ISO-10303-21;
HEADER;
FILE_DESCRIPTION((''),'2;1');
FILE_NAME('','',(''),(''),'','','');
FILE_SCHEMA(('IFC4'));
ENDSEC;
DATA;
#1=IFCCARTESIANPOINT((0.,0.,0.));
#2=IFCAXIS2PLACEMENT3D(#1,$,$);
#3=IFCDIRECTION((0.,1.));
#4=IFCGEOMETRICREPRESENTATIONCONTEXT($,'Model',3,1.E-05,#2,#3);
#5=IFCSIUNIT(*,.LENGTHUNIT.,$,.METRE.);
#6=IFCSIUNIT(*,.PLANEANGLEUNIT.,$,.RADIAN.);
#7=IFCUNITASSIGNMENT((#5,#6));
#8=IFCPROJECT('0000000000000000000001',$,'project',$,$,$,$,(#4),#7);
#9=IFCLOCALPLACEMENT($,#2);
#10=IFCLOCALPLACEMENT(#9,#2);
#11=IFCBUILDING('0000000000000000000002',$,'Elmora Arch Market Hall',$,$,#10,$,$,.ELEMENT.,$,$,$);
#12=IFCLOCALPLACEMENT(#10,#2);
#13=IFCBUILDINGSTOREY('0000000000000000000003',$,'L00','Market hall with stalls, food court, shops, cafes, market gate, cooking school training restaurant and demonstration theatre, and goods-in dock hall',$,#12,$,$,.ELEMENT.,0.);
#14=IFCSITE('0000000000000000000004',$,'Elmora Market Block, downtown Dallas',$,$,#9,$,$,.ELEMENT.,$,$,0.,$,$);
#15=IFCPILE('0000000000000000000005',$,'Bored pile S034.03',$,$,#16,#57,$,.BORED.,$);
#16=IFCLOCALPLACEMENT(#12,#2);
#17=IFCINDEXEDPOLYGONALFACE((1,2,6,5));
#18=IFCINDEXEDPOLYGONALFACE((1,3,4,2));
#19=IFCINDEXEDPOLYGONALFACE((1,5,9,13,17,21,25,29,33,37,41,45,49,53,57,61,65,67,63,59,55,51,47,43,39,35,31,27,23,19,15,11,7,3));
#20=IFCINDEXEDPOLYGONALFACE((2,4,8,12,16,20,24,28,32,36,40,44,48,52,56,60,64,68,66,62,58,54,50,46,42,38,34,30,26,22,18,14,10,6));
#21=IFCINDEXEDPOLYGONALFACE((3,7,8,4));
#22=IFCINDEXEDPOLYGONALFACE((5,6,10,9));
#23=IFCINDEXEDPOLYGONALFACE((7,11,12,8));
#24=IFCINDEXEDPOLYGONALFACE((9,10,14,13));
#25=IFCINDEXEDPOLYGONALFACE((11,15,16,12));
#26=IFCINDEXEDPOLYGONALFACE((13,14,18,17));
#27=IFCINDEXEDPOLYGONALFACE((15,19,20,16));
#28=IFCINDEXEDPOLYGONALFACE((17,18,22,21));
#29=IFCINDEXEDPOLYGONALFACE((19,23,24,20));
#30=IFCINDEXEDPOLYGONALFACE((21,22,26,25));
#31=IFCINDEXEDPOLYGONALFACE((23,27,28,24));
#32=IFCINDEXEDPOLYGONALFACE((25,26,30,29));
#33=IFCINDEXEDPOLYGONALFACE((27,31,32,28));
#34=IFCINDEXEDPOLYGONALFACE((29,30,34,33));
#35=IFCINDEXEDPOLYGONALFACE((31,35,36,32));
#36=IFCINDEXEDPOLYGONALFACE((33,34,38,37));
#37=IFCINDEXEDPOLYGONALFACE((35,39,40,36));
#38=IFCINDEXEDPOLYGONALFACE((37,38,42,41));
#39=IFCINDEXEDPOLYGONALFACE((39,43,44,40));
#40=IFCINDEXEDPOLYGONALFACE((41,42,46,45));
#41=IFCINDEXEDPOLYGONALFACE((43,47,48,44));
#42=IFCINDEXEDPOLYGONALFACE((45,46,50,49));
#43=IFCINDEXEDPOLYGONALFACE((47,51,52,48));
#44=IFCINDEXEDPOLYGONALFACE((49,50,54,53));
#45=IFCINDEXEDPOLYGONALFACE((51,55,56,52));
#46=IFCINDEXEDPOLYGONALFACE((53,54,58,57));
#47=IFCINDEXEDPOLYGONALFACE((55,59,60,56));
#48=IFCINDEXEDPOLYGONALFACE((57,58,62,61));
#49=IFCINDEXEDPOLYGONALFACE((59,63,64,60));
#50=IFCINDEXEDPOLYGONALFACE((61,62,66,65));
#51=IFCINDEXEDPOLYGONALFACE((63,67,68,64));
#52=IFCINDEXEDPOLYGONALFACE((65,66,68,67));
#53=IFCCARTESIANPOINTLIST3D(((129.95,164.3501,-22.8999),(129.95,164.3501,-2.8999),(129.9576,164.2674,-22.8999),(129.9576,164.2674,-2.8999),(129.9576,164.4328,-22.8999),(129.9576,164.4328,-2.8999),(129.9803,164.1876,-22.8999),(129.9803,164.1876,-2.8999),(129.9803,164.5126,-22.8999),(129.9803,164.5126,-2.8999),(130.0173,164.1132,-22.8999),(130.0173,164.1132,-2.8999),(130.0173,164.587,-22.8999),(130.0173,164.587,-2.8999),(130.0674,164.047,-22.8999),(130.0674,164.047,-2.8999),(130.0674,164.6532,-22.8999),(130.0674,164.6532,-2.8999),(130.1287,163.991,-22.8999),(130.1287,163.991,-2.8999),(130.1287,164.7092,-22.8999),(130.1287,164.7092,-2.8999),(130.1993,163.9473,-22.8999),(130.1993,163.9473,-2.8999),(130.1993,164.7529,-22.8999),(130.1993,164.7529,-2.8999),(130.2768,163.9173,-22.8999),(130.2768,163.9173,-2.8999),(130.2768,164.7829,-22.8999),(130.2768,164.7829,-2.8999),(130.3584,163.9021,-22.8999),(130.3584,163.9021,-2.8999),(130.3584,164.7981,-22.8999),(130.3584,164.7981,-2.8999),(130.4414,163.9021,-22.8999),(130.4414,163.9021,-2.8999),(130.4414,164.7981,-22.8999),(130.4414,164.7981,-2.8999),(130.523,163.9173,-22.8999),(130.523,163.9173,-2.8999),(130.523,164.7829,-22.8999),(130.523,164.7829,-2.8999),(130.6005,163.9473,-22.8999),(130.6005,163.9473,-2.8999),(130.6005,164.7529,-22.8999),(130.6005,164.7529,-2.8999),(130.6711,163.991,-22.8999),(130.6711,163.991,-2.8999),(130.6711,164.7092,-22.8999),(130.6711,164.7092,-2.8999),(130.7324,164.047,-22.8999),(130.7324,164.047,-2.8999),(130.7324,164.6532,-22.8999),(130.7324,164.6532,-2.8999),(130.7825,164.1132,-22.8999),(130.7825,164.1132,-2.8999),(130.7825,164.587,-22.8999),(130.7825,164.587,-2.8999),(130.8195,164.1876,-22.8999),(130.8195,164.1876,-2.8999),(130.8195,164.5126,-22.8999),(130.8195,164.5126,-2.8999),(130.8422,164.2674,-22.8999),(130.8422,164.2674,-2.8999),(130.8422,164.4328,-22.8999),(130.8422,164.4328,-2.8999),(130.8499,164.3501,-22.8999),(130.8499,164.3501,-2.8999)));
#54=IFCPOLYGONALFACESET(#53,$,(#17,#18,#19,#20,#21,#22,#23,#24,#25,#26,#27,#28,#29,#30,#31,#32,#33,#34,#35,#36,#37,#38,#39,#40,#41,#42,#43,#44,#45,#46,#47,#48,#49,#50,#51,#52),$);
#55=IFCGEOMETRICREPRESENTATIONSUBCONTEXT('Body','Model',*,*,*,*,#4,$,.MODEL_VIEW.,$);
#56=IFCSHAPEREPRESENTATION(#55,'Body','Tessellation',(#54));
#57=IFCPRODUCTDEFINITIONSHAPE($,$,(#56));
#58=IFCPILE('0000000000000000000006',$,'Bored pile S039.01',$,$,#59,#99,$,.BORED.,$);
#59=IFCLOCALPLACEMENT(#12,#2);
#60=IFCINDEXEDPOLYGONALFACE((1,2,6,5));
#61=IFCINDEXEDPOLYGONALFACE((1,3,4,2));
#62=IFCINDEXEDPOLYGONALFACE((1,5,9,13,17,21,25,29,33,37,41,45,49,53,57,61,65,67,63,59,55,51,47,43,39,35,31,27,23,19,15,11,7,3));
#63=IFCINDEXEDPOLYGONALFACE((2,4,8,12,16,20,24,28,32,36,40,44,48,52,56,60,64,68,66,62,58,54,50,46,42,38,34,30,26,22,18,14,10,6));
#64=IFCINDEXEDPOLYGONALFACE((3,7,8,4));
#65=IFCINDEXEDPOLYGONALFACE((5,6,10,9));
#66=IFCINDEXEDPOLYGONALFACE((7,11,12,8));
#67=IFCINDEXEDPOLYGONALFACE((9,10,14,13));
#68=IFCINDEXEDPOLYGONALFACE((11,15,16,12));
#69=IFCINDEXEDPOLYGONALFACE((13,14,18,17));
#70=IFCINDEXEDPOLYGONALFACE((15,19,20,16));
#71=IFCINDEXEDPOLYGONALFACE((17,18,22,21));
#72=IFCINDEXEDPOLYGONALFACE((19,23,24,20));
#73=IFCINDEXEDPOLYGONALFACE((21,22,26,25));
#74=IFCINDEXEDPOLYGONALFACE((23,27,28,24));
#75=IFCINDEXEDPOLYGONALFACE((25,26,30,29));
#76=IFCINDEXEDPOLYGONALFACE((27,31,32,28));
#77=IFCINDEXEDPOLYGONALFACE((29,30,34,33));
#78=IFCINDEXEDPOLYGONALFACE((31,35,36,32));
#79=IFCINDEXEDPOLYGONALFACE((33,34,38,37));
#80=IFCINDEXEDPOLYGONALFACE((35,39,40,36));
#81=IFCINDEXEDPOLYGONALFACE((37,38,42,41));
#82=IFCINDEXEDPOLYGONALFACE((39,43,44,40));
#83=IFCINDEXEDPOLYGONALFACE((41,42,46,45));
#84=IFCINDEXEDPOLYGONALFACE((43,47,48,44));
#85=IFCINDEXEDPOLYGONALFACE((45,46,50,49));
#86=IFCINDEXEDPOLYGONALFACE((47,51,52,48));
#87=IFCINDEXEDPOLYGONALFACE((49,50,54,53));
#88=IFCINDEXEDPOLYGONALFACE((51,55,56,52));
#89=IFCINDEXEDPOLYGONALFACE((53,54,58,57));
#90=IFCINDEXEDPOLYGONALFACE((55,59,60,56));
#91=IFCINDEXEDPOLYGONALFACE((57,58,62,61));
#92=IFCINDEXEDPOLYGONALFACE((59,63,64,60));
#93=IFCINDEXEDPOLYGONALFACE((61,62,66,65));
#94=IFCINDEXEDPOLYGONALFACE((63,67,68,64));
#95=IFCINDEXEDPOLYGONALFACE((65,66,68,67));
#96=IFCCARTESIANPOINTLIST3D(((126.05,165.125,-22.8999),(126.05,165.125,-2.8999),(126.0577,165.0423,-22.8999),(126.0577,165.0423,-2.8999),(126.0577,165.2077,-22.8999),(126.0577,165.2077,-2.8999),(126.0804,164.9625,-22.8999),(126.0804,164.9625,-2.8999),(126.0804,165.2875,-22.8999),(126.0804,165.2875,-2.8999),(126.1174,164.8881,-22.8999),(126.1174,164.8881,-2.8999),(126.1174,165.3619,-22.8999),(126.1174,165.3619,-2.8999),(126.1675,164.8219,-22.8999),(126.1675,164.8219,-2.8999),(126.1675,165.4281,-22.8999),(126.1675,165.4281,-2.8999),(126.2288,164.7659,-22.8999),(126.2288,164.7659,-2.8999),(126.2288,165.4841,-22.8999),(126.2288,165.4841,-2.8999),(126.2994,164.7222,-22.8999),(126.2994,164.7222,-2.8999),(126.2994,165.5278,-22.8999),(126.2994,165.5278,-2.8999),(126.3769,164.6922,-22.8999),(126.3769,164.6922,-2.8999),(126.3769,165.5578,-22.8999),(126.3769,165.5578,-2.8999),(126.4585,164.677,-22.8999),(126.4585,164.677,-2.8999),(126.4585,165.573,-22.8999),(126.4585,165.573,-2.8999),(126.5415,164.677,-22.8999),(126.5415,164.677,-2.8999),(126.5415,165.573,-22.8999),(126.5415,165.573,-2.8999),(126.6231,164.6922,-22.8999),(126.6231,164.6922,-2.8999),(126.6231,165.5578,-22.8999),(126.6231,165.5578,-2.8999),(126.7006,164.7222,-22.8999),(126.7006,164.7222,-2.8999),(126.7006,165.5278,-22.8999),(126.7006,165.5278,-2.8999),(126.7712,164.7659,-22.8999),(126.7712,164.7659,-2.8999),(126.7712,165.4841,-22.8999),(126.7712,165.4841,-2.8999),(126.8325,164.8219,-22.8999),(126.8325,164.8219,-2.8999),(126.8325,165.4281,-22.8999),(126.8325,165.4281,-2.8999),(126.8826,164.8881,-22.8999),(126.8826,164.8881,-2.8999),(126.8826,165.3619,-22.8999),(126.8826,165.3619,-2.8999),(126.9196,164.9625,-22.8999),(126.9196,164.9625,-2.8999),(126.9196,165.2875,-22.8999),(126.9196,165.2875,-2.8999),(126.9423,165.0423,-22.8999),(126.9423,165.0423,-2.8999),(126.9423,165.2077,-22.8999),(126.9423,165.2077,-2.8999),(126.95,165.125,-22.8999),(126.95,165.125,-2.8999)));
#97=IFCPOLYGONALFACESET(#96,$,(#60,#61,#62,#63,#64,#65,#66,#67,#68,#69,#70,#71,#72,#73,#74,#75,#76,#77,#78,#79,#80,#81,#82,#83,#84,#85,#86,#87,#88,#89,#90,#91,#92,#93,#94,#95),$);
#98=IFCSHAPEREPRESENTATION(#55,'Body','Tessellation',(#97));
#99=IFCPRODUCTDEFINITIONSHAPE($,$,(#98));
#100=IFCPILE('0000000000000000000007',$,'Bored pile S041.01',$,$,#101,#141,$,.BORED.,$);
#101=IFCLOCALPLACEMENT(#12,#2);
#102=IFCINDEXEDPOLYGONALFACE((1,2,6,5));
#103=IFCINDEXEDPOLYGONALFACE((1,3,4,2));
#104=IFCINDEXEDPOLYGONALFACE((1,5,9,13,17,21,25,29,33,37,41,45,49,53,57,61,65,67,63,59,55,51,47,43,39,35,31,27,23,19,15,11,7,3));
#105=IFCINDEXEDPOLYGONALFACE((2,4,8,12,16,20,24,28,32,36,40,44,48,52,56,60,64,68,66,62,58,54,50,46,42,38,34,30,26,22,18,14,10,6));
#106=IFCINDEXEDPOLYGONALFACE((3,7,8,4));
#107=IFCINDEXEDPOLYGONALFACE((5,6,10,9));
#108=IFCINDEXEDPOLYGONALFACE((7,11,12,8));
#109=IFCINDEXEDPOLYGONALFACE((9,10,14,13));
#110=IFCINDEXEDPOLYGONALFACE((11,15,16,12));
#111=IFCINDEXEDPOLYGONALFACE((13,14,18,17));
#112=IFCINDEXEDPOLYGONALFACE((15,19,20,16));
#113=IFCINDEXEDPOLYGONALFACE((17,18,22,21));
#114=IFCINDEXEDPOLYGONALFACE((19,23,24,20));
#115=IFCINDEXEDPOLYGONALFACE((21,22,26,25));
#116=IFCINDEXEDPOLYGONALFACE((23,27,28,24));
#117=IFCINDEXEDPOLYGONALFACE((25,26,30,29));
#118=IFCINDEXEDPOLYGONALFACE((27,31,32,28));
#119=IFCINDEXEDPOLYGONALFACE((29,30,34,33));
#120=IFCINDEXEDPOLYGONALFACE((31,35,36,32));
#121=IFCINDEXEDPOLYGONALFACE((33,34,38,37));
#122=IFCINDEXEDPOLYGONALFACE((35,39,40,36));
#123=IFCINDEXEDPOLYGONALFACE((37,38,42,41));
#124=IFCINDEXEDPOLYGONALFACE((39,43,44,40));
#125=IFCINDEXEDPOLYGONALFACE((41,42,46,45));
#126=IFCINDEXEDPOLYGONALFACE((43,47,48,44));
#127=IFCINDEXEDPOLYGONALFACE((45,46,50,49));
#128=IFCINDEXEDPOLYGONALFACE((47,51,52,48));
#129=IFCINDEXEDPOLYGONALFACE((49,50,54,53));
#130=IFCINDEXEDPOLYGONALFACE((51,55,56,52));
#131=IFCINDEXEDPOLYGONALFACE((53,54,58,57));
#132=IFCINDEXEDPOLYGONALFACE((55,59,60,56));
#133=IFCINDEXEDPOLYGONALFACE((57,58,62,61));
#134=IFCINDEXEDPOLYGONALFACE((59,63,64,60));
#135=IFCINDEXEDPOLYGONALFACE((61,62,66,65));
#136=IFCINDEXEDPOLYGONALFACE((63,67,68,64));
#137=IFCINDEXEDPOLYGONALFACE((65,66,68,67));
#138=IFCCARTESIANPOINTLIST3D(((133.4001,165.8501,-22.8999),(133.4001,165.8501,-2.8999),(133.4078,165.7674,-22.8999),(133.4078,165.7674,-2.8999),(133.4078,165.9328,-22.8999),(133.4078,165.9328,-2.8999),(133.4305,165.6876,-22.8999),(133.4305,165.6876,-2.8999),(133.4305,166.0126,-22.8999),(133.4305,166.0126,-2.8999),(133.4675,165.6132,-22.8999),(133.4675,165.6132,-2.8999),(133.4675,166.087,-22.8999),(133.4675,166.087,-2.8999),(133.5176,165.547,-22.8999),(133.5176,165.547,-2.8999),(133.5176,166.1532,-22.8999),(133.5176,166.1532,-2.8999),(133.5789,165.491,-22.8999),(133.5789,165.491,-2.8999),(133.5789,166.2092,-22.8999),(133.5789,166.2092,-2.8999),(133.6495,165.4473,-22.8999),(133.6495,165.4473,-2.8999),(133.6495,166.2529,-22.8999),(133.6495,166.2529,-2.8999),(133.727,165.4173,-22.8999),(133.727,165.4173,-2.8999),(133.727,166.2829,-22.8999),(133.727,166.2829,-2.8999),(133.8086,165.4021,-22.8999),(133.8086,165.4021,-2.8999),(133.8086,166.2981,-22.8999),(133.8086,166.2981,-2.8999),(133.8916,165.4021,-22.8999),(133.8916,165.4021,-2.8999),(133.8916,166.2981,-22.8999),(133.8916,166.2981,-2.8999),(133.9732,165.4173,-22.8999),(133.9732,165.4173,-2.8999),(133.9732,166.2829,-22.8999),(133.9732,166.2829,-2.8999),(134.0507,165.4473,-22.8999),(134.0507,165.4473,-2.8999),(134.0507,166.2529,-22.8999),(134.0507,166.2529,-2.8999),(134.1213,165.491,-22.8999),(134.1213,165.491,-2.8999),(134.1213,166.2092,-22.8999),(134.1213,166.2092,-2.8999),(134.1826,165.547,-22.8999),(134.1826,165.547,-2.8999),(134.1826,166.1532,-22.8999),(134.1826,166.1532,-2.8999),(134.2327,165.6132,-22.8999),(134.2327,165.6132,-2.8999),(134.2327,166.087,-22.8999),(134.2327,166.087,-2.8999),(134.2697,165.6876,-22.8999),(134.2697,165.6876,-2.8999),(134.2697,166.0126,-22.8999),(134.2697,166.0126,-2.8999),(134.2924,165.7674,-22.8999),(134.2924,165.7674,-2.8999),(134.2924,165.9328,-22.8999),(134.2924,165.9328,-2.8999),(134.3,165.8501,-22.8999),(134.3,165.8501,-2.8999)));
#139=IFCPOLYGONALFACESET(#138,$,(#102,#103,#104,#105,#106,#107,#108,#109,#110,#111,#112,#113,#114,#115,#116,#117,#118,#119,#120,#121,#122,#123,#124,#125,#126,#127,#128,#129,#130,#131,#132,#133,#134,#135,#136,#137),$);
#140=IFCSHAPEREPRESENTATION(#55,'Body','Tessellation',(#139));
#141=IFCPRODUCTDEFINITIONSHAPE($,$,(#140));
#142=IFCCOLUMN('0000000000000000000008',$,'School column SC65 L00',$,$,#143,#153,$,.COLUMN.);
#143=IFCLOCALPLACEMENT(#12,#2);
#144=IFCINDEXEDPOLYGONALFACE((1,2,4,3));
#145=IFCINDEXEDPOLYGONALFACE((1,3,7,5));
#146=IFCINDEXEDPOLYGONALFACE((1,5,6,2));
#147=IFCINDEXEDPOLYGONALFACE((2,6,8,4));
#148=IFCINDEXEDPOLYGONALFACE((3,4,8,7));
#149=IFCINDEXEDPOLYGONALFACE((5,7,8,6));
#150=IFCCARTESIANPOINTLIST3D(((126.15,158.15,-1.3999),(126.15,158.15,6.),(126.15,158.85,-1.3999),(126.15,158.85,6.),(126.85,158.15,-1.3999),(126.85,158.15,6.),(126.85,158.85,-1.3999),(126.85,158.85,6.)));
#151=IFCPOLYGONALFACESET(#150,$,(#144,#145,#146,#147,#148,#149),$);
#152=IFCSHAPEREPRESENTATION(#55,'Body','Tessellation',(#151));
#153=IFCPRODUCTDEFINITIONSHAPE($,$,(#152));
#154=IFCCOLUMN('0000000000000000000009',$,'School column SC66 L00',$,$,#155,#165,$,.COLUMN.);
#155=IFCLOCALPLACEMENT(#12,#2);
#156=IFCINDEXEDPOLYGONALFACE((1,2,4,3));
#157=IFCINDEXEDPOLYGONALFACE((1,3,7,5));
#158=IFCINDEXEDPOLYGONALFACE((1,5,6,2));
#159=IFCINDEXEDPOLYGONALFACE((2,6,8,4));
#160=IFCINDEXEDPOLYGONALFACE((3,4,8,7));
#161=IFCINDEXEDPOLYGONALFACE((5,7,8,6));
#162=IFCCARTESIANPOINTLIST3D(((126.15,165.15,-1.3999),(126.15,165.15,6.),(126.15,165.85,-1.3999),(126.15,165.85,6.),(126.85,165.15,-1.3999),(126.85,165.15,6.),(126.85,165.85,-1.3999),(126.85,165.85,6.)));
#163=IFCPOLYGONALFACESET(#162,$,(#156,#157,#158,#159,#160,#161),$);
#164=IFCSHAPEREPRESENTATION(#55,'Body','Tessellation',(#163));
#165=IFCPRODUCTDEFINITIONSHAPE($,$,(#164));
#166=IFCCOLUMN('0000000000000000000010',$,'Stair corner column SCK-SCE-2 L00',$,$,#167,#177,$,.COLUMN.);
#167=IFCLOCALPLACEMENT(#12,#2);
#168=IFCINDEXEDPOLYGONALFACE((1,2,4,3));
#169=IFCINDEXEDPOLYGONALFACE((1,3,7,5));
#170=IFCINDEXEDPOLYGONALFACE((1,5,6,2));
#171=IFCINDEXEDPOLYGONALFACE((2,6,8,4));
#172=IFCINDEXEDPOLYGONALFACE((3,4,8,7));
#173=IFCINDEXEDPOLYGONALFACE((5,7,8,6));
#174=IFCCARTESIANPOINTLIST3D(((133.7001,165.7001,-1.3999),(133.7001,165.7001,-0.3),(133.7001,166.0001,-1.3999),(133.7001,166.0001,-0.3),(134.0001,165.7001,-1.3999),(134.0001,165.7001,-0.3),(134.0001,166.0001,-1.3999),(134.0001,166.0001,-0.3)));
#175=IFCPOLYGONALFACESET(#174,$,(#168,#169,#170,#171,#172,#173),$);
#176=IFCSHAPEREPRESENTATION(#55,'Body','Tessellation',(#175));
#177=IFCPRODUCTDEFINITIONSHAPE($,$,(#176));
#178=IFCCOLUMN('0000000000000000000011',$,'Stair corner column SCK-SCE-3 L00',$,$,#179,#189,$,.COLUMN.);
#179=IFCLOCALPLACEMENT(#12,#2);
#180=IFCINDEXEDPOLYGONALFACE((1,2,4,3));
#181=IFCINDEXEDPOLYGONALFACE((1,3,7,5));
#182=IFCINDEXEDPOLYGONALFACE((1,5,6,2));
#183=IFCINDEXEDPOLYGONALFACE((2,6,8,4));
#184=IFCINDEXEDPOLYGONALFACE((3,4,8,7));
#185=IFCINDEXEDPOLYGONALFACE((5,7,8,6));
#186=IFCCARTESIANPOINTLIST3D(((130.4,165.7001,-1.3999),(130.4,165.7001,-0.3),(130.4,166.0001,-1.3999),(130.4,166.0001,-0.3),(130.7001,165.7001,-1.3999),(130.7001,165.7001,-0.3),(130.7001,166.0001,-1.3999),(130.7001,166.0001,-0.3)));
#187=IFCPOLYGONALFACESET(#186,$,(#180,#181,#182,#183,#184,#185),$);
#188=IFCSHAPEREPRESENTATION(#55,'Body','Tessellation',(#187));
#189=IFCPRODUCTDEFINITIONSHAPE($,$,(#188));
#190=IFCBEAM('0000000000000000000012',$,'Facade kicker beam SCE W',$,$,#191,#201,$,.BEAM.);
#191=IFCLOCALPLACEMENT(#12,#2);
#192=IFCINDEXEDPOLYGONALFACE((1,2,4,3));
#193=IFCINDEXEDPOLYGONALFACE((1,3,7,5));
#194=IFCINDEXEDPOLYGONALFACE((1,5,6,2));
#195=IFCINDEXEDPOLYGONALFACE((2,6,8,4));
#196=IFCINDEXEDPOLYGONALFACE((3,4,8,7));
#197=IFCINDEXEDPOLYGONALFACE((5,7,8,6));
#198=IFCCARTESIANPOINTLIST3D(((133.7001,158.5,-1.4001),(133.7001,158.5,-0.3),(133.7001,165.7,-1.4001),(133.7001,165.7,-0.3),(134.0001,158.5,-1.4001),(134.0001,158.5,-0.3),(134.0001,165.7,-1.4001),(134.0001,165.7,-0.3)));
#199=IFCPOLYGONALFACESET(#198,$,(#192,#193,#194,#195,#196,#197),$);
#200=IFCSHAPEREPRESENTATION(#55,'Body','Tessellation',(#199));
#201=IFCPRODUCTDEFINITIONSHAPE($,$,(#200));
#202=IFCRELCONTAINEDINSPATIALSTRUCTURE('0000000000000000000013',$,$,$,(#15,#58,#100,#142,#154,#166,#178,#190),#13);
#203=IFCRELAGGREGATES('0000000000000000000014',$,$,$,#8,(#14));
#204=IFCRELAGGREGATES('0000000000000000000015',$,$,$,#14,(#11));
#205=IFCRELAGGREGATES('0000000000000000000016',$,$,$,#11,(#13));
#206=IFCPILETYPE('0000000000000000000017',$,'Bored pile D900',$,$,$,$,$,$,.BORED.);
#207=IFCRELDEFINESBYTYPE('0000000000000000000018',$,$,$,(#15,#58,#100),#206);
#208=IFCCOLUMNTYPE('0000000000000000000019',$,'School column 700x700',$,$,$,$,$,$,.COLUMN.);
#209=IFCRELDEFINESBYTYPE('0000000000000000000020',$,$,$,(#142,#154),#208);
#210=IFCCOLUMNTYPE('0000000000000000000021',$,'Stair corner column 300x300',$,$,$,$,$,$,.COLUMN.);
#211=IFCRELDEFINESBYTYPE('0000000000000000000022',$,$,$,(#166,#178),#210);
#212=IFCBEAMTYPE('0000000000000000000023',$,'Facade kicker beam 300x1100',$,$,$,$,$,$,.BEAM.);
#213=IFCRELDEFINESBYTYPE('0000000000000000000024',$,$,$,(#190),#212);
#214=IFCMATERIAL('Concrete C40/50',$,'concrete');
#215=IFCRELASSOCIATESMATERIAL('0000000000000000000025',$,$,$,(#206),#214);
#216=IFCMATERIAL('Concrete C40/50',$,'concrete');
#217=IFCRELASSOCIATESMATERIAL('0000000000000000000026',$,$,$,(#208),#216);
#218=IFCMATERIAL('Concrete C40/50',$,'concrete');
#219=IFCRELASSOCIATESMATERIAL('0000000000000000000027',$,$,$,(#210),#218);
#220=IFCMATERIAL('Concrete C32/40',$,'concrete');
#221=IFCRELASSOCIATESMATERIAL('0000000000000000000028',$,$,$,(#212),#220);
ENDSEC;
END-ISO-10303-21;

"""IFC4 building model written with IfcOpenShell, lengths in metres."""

from ifc_helpers import new_model, si_unit, direction, frame, origin, origin_2d, place, context, subcontext, project, spatial, rectangle, circle, extrude, material, material_profile, profile_set, type_object, element, save


model = new_model("IFC4")

# Units and contexts
model_context = context("Model", 3, precision=1e-05, world=origin(), true_north=direction((0.0, 1.0)))
body_context = subcontext(model_context, "Body", "Model", "MODEL_VIEW")
ifc_project = project(units=[si_unit("LENGTHUNIT", "METRE"), si_unit("PLANEANGLEUNIT", "RADIAN")], contexts=[model_context])

# Site, building, storey
site_placement = place(None, origin())
site = spatial("IfcSite", under=ifc_project, at=site_placement, Name="Elmora Market Block, downtown Dallas", CompositionType="ELEMENT", RefElevation=0.0)
building_placement = place(site_placement, origin())
building = spatial("IfcBuilding", under=site, at=building_placement, Name="Elmora Arch Market Hall", CompositionType="ELEMENT")
storey_placement = place(building_placement, origin())
storey = spatial("IfcBuildingStorey", under=building, at=storey_placement, Name="L00", Description="Market hall with stalls, food court, shops, cafes, market gate, cooking school training restaurant and demonstration theatre, and goods-in dock hall", CompositionType="ELEMENT", Elevation=0.0)

# Piles
ifc_material_1 = material(Name="Concrete C40/50", Category="concrete")
ifc_material_profile_1 = material_profile(ifc_material_1, circle(Radius=0.45, at=origin_2d()), Name="Bored pile D900")
ifc_profile_set_1 = profile_set([ifc_material_profile_1], Name="Concrete C40/50")
pile_type_1 = type_object("IfcPileType", Name="Bored pile D900", PredefinedType="BORED", material=ifc_profile_set_1)
for number, where, z_axis, x_axis, name in (
    (1, (130.3999, 164.3501, -2.8999), (0.0, 0.0, -1.0), (1.0, 0.0, 0.0), "Bored pile S034.03"),
    (2, (126.5, 165.125, -2.8999), (0.0, 0.0, -1.0), (1.0, 0.0, 0.0), "Bored pile S039.01"),
    (3, (133.8501, 165.8501, -2.8999), (0.0, 0.0, -1.0), (1.0, 0.0, 0.0), "Bored pile S041.01"),
):
    element("IfcPile", number, at=place(storey_placement, frame(where, z_axis=z_axis, x_axis=x_axis)), inside=storey, type_object=pile_type_1, Name=name, PredefinedType="BORED", context=body_context, shape_type="SweptSolid", body=[
        extrude(circle(Radius=0.45, at=origin_2d()), origin(), (0.0, 0.0, 1.0), 20.0),
    ])

# Columns
ifc_material_2 = material(Name="Concrete C40/50", Category="concrete")
ifc_material_profile_2 = material_profile(ifc_material_2, rectangle(XDim=0.7, YDim=0.7, at=origin_2d()), Name="School column 700x700")
ifc_profile_set_2 = profile_set([ifc_material_profile_2], Name="Concrete C40/50")
column_type_1 = type_object("IfcColumnType", Name="School column 700x700", PredefinedType="COLUMN", material=ifc_profile_set_2)
for number, where, z_axis, x_axis, name in (
    (4, (126.5, 158.5, -1.3999), (0.0, 0.0, 1.0), (1.0, 0.0, 0.0), "School column SC65 L00"),
    (5, (126.5, 165.5, -1.3999), (0.0, 0.0, 1.0), (1.0, 0.0, 0.0), "School column SC66 L00"),
):
    element("IfcColumn", number, at=place(storey_placement, frame(where, z_axis=z_axis, x_axis=x_axis)), inside=storey, type_object=column_type_1, Name=name, PredefinedType="COLUMN", context=body_context, shape_type="SweptSolid", body=[
        extrude(rectangle(XDim=0.7, YDim=0.7, at=origin_2d()), origin(), (0.0, 0.0, 1.0), 7.3999),
    ])
ifc_material_3 = material(Name="Concrete C40/50", Category="concrete")
ifc_material_profile_3 = material_profile(ifc_material_3, rectangle(XDim=0.3, YDim=0.3, at=origin_2d()), Name="Stair corner column 300x300")
ifc_profile_set_3 = profile_set([ifc_material_profile_3], Name="Concrete C40/50")
column_type_2 = type_object("IfcColumnType", Name="Stair corner column 300x300", PredefinedType="COLUMN", material=ifc_profile_set_3)
for number, where, z_axis, x_axis, name in (
    (6, (133.8501, 165.8501, -1.3999), (0.0, 0.0, 1.0), (1.0, 0.0, 0.0), "Stair corner column SCK-SCE-2 L00"),
    (7, (130.55, 165.8501, -1.3999), (0.0, 0.0, 1.0), (1.0, 0.0, 0.0), "Stair corner column SCK-SCE-3 L00"),
):
    element("IfcColumn", number, at=place(storey_placement, frame(where, z_axis=z_axis, x_axis=x_axis)), inside=storey, type_object=column_type_2, Name=name, PredefinedType="COLUMN", context=body_context, shape_type="SweptSolid", body=[
        extrude(rectangle(XDim=0.3, YDim=0.3, at=origin_2d()), origin(), (0.0, 0.0, 1.0), 1.0999),
    ])

# Beam
ifc_material_4 = material(Name="Concrete C32/40", Category="concrete")
ifc_material_profile_4 = material_profile(ifc_material_4, rectangle(XDim=0.3, YDim=1.1001, at=origin_2d()), Name="Facade kicker beam 300x1100")
ifc_profile_set_4 = profile_set([ifc_material_profile_4], Name="Concrete C32/40")
beam_type_1 = type_object("IfcBeamType", Name="Facade kicker beam 300x1100", PredefinedType="BEAM", material=ifc_profile_set_4)
beam_1_placement = place(storey_placement, frame((133.8501, 158.5, -0.8501), z_axis=(0.0, 1.0, 0.0), x_axis=(-1.0, 0.0, 0.0)))
element("IfcBeam", 8, at=beam_1_placement, inside=storey, type_object=beam_type_1, Name="Facade kicker beam SCE W", PredefinedType="BEAM", context=body_context, shape_type="SweptSolid", body=[
    extrude(rectangle(XDim=0.3, YDim=1.1001, at=origin_2d()), origin(), (0.0, 0.0, 1.0), 7.2),
])

save(model, "model.ifc")
